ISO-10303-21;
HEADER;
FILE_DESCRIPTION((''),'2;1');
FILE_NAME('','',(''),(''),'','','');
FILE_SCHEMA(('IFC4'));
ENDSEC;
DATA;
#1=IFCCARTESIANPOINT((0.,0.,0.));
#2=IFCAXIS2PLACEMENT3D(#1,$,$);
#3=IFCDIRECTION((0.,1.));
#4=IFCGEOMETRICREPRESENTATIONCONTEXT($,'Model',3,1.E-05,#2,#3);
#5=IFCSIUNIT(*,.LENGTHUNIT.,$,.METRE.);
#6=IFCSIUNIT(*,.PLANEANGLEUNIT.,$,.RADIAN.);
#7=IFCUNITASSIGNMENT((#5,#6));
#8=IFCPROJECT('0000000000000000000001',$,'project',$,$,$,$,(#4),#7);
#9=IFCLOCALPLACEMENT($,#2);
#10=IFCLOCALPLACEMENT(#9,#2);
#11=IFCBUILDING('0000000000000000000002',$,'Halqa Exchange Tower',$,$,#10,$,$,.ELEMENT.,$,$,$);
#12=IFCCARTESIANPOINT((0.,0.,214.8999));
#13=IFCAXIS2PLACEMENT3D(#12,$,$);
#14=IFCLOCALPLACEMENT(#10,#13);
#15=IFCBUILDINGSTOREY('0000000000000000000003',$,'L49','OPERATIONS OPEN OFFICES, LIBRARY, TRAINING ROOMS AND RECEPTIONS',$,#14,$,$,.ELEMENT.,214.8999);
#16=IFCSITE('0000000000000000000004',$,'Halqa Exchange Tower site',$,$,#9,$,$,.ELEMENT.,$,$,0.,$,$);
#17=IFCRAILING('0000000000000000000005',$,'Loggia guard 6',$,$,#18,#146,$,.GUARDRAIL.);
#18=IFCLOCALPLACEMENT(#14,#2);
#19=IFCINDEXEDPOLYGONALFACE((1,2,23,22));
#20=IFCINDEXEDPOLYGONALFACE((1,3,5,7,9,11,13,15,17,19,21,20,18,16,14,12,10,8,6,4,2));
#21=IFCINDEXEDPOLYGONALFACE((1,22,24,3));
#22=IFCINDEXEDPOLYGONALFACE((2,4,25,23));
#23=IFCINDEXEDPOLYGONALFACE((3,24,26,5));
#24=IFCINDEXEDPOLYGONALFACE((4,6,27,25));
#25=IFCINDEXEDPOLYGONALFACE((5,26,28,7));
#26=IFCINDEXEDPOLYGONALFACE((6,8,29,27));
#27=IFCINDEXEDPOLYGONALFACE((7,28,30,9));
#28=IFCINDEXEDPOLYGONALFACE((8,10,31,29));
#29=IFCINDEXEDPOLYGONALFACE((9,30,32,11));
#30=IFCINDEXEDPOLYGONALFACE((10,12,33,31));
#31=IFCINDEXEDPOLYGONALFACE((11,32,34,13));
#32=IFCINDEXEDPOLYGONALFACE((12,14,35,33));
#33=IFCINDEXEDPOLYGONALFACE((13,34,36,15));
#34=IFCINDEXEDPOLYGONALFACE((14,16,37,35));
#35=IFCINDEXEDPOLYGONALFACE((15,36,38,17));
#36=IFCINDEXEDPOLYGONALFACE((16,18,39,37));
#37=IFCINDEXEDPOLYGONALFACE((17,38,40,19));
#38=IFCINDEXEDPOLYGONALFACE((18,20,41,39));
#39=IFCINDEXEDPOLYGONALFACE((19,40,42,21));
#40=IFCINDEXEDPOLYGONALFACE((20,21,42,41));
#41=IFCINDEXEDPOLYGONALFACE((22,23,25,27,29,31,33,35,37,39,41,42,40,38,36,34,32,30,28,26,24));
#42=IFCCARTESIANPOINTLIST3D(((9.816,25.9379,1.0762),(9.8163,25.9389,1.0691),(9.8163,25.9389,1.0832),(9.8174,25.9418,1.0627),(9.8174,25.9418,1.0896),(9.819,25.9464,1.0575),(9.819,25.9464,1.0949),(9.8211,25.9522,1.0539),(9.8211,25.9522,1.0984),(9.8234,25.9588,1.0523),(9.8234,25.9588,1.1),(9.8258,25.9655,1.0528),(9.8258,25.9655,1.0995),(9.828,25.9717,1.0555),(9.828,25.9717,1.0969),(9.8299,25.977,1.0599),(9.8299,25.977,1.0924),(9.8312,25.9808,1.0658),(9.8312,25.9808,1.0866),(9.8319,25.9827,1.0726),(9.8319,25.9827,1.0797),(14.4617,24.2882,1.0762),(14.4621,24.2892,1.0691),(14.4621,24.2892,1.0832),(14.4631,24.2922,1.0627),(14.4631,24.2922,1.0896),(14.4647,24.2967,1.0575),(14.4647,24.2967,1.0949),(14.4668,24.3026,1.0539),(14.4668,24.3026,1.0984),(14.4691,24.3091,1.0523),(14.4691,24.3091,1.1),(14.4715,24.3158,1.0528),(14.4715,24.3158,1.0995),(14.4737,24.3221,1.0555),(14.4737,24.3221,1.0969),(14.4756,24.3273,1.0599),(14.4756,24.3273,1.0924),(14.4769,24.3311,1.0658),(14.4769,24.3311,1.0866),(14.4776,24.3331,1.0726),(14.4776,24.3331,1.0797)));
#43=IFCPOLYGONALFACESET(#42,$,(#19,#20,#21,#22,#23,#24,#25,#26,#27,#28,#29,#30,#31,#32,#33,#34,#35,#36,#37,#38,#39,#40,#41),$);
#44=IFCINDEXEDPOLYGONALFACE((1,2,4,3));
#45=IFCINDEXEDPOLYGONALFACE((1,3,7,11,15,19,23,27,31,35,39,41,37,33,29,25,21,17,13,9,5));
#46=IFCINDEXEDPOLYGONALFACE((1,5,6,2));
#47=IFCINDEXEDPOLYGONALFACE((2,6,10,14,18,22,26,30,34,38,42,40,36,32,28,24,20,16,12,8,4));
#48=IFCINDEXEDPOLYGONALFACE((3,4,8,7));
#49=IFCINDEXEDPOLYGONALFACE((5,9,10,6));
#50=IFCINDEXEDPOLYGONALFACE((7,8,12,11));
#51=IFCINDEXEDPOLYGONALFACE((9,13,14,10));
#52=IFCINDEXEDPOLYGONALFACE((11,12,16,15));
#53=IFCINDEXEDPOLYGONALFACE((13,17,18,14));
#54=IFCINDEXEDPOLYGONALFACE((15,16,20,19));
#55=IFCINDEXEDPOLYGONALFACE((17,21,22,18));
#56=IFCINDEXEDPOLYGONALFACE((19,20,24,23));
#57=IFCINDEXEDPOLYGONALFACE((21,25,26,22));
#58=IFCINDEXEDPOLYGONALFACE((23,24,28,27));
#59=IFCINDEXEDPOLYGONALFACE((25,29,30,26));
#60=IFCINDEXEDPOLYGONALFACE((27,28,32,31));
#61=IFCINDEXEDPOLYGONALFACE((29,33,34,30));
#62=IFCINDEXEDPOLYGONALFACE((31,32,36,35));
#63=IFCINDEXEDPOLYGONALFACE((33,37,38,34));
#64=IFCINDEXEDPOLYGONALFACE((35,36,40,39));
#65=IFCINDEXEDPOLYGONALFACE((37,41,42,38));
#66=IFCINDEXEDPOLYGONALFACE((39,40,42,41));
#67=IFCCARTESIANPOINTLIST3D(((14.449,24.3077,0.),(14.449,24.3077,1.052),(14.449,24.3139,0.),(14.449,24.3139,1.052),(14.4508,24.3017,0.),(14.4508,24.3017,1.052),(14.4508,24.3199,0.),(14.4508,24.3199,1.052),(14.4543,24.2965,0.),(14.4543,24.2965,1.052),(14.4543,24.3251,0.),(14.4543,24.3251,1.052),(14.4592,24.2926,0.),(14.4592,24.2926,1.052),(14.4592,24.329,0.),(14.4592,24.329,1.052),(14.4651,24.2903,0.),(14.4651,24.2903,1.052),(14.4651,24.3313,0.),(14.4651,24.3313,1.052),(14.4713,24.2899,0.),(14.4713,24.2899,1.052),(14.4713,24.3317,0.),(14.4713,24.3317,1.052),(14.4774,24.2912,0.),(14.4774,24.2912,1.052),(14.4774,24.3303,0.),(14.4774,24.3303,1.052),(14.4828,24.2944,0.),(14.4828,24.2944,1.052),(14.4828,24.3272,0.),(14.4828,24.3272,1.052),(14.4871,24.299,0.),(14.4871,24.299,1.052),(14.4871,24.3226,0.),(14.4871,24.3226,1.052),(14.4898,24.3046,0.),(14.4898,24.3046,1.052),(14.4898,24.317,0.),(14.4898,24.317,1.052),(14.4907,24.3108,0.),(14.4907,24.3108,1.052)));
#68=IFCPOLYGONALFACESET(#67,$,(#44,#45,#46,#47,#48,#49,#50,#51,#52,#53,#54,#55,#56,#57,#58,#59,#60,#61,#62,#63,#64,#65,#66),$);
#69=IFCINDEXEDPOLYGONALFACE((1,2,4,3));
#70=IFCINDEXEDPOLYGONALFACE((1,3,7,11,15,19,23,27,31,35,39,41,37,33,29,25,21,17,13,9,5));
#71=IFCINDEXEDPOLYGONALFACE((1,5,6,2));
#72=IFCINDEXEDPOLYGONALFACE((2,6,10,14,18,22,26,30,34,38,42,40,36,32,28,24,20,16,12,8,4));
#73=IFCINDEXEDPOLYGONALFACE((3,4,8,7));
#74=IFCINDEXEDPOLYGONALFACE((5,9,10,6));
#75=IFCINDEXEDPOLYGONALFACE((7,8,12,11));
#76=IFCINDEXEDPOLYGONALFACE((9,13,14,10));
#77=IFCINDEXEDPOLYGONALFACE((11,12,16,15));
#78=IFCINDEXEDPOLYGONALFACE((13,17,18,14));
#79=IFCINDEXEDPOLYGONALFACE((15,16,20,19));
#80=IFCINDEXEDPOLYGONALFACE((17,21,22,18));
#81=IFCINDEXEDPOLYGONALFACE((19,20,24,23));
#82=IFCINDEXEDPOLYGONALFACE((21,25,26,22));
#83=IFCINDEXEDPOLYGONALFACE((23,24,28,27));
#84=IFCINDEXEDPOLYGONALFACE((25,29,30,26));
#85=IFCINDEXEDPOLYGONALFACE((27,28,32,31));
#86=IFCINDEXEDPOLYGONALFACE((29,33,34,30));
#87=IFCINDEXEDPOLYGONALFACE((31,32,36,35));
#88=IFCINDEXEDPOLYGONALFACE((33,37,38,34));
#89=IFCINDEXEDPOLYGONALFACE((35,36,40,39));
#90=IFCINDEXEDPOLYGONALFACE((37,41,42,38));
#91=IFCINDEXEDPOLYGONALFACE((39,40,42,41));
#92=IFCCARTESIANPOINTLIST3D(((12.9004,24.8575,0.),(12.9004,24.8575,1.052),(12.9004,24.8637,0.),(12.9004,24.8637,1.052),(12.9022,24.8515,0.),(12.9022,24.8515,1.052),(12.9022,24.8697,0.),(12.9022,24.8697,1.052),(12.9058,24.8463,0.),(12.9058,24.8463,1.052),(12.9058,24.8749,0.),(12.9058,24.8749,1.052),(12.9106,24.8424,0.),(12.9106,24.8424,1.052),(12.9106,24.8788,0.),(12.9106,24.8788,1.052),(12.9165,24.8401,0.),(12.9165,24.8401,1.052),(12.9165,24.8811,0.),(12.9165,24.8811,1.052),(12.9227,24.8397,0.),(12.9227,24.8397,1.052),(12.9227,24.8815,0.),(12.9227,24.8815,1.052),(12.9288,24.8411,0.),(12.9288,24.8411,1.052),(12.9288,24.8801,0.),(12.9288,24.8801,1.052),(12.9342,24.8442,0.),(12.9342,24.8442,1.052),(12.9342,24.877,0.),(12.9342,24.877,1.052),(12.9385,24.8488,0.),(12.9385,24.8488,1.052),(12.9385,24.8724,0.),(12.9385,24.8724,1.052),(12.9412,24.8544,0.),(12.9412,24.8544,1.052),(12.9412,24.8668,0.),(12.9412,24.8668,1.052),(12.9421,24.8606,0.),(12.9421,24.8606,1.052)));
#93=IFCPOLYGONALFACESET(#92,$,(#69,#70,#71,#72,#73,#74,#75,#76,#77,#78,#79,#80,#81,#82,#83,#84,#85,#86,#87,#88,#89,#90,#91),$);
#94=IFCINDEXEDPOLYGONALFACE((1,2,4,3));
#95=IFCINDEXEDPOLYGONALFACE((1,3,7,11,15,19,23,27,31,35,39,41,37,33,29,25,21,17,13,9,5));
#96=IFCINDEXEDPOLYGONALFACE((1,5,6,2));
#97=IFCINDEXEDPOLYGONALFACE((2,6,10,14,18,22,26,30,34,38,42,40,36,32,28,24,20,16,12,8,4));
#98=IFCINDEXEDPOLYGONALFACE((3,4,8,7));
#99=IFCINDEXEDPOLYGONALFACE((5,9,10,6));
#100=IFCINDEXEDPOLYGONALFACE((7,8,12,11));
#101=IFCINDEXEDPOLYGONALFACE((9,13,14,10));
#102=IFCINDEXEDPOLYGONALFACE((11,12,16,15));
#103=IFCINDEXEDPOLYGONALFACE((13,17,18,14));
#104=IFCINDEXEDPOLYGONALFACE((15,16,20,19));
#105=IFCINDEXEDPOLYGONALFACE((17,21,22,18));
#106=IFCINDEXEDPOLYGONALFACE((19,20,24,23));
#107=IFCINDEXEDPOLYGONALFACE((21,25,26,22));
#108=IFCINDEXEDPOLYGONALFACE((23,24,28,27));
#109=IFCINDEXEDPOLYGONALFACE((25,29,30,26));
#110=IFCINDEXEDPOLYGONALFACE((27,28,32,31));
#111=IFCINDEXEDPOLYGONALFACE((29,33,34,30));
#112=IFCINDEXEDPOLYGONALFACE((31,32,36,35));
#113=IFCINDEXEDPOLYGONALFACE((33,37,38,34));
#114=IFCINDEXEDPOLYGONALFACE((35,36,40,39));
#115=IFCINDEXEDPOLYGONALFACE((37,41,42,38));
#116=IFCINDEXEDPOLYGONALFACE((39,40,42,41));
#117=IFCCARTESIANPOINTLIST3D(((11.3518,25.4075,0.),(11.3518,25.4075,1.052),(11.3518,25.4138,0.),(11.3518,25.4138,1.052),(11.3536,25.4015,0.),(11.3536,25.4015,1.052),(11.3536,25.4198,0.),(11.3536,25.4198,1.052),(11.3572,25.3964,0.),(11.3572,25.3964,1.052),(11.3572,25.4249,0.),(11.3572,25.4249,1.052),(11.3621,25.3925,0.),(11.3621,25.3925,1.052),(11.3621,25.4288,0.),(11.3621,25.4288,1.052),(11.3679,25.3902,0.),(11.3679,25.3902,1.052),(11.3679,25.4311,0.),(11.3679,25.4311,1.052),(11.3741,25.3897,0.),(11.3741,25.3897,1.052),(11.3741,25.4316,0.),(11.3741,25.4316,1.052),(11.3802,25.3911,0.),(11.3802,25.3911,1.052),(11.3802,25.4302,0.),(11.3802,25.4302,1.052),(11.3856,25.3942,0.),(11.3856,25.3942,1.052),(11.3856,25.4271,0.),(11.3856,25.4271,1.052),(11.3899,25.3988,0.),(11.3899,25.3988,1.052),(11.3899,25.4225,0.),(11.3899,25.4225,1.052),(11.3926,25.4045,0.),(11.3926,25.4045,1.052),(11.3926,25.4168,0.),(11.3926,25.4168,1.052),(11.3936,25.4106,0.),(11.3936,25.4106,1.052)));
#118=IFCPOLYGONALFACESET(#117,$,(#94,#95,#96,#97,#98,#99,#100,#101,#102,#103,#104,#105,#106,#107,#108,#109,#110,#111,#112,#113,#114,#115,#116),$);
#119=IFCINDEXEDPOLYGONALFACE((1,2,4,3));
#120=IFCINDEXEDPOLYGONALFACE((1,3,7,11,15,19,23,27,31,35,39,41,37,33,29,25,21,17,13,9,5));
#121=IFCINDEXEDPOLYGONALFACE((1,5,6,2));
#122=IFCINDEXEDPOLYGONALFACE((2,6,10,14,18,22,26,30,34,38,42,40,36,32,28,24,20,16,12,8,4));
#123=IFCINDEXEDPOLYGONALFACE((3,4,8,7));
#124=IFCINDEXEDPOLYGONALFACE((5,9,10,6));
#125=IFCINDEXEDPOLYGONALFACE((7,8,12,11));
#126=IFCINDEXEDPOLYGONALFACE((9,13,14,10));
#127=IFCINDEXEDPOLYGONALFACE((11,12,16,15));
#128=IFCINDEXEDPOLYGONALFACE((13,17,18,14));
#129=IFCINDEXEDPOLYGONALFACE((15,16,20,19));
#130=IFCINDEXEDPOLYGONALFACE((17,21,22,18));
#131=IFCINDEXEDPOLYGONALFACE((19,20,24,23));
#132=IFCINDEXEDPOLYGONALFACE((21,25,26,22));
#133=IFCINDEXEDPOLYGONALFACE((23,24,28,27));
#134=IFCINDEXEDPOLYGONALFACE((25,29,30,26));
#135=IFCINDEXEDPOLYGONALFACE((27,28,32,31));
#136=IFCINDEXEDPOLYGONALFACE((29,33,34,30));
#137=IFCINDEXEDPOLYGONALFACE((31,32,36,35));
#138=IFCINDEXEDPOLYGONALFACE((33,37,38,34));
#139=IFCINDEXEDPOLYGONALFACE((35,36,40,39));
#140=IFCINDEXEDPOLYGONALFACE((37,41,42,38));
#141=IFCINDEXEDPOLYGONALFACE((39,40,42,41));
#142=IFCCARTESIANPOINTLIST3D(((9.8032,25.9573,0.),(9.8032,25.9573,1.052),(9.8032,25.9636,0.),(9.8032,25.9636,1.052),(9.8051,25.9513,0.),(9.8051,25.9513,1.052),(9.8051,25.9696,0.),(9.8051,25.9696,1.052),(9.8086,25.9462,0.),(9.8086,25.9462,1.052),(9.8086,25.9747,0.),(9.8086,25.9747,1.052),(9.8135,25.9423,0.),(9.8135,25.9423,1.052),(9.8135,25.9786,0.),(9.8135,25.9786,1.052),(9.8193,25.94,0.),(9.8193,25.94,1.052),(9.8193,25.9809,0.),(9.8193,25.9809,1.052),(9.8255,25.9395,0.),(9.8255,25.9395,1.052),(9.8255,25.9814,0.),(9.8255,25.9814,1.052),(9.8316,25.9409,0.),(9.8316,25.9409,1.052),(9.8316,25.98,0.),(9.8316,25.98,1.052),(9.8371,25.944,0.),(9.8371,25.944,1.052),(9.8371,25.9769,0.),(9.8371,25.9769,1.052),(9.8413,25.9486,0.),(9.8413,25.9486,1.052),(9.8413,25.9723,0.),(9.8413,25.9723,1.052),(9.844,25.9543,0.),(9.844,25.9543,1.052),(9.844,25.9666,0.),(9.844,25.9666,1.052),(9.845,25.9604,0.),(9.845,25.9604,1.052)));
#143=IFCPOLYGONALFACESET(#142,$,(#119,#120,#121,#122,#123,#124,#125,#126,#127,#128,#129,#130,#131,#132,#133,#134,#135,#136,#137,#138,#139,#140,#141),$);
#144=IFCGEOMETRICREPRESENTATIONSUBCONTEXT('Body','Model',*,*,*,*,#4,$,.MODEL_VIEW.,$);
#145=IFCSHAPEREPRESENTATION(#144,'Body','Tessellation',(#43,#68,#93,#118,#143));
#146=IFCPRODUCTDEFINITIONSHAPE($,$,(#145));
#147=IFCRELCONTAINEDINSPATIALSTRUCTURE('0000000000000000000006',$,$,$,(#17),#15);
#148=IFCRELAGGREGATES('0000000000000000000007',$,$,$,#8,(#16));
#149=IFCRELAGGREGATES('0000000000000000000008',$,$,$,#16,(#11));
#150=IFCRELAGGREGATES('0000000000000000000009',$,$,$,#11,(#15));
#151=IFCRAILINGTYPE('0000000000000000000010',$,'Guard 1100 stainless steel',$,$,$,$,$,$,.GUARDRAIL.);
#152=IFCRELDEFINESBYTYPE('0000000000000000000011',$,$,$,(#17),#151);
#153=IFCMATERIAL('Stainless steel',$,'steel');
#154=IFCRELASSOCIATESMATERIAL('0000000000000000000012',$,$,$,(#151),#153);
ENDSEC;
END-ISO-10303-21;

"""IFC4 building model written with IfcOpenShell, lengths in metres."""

from ifc_helpers import new_model, si_unit, direction, frame, origin, origin_2d, place, context, subcontext, project, spatial, circle, extrude, material, type_object, element, save


model = new_model("IFC4")

# Units and contexts
model_context = context("Model", 3, precision=1e-05, world=origin(), true_north=direction((0.0, 1.0)))
body_context = subcontext(model_context, "Body", "Model", "MODEL_VIEW")
ifc_project = project(units=[si_unit("LENGTHUNIT", "METRE"), si_unit("PLANEANGLEUNIT", "RADIAN")], contexts=[model_context])

# Site, building, storey
site_placement = place(None, origin())
site = spatial("IfcSite", under=ifc_project, at=site_placement, Name="Halqa Exchange Tower site", CompositionType="ELEMENT", RefElevation=0.0)
building_placement = place(site_placement, origin())
building = spatial("IfcBuilding", under=site, at=building_placement, Name="Halqa Exchange Tower", CompositionType="ELEMENT")
storey_placement = place(building_placement, frame((0.0, 0.0, 214.8999)))
storey = spatial("IfcBuildingStorey", under=building, at=storey_placement, Name="L49", Description="OPERATIONS OPEN OFFICES, LIBRARY, TRAINING ROOMS AND RECEPTIONS", CompositionType="ELEMENT", Elevation=214.8999)

# Railing
ifc_material_1 = material(Name="Stainless steel", Category="steel")
railing_type = type_object("IfcRailingType", Name="Guard 1100 stainless steel", PredefinedType="GUARDRAIL", material=ifc_material_1)
railing_1_placement = place(storey_placement, frame((14.4697, 24.3108, 0.0)))
element("IfcRailing", 1, at=railing_1_placement, inside=storey, type_object=railing_type, Name="Loggia guard 6", PredefinedType="GUARDRAIL", context=body_context, shape_type="SweptSolid", body=[
    extrude(circle(Radius=0.0239, at=origin_2d()), frame((0.0, 0.0, 1.0762), z_axis=(-0.942353, 0.33462, 0.0), x_axis=(-0.33462, -0.942353, 0.0)), (0.0, 0.0, 1.0), 4.9299),
    extrude(circle(Radius=0.021, at=origin_2d()), origin(), (0.0, 0.0, 1.0), 1.052),
    extrude(circle(Radius=0.021, at=origin_2d()), frame((-1.5486, 0.5498, 0.0)), (0.0, 0.0, 1.0), 1.052),
    extrude(circle(Radius=0.021, at=origin_2d()), frame((-3.0972, 1.0999, 0.0)), (0.0, 0.0, 1.0), 1.052),
    extrude(circle(Radius=0.021, at=origin_2d()), frame((-4.6458, 1.6497, 0.0)), (0.0, 0.0, 1.0), 1.052),
])

save(model, "model.ifc")
